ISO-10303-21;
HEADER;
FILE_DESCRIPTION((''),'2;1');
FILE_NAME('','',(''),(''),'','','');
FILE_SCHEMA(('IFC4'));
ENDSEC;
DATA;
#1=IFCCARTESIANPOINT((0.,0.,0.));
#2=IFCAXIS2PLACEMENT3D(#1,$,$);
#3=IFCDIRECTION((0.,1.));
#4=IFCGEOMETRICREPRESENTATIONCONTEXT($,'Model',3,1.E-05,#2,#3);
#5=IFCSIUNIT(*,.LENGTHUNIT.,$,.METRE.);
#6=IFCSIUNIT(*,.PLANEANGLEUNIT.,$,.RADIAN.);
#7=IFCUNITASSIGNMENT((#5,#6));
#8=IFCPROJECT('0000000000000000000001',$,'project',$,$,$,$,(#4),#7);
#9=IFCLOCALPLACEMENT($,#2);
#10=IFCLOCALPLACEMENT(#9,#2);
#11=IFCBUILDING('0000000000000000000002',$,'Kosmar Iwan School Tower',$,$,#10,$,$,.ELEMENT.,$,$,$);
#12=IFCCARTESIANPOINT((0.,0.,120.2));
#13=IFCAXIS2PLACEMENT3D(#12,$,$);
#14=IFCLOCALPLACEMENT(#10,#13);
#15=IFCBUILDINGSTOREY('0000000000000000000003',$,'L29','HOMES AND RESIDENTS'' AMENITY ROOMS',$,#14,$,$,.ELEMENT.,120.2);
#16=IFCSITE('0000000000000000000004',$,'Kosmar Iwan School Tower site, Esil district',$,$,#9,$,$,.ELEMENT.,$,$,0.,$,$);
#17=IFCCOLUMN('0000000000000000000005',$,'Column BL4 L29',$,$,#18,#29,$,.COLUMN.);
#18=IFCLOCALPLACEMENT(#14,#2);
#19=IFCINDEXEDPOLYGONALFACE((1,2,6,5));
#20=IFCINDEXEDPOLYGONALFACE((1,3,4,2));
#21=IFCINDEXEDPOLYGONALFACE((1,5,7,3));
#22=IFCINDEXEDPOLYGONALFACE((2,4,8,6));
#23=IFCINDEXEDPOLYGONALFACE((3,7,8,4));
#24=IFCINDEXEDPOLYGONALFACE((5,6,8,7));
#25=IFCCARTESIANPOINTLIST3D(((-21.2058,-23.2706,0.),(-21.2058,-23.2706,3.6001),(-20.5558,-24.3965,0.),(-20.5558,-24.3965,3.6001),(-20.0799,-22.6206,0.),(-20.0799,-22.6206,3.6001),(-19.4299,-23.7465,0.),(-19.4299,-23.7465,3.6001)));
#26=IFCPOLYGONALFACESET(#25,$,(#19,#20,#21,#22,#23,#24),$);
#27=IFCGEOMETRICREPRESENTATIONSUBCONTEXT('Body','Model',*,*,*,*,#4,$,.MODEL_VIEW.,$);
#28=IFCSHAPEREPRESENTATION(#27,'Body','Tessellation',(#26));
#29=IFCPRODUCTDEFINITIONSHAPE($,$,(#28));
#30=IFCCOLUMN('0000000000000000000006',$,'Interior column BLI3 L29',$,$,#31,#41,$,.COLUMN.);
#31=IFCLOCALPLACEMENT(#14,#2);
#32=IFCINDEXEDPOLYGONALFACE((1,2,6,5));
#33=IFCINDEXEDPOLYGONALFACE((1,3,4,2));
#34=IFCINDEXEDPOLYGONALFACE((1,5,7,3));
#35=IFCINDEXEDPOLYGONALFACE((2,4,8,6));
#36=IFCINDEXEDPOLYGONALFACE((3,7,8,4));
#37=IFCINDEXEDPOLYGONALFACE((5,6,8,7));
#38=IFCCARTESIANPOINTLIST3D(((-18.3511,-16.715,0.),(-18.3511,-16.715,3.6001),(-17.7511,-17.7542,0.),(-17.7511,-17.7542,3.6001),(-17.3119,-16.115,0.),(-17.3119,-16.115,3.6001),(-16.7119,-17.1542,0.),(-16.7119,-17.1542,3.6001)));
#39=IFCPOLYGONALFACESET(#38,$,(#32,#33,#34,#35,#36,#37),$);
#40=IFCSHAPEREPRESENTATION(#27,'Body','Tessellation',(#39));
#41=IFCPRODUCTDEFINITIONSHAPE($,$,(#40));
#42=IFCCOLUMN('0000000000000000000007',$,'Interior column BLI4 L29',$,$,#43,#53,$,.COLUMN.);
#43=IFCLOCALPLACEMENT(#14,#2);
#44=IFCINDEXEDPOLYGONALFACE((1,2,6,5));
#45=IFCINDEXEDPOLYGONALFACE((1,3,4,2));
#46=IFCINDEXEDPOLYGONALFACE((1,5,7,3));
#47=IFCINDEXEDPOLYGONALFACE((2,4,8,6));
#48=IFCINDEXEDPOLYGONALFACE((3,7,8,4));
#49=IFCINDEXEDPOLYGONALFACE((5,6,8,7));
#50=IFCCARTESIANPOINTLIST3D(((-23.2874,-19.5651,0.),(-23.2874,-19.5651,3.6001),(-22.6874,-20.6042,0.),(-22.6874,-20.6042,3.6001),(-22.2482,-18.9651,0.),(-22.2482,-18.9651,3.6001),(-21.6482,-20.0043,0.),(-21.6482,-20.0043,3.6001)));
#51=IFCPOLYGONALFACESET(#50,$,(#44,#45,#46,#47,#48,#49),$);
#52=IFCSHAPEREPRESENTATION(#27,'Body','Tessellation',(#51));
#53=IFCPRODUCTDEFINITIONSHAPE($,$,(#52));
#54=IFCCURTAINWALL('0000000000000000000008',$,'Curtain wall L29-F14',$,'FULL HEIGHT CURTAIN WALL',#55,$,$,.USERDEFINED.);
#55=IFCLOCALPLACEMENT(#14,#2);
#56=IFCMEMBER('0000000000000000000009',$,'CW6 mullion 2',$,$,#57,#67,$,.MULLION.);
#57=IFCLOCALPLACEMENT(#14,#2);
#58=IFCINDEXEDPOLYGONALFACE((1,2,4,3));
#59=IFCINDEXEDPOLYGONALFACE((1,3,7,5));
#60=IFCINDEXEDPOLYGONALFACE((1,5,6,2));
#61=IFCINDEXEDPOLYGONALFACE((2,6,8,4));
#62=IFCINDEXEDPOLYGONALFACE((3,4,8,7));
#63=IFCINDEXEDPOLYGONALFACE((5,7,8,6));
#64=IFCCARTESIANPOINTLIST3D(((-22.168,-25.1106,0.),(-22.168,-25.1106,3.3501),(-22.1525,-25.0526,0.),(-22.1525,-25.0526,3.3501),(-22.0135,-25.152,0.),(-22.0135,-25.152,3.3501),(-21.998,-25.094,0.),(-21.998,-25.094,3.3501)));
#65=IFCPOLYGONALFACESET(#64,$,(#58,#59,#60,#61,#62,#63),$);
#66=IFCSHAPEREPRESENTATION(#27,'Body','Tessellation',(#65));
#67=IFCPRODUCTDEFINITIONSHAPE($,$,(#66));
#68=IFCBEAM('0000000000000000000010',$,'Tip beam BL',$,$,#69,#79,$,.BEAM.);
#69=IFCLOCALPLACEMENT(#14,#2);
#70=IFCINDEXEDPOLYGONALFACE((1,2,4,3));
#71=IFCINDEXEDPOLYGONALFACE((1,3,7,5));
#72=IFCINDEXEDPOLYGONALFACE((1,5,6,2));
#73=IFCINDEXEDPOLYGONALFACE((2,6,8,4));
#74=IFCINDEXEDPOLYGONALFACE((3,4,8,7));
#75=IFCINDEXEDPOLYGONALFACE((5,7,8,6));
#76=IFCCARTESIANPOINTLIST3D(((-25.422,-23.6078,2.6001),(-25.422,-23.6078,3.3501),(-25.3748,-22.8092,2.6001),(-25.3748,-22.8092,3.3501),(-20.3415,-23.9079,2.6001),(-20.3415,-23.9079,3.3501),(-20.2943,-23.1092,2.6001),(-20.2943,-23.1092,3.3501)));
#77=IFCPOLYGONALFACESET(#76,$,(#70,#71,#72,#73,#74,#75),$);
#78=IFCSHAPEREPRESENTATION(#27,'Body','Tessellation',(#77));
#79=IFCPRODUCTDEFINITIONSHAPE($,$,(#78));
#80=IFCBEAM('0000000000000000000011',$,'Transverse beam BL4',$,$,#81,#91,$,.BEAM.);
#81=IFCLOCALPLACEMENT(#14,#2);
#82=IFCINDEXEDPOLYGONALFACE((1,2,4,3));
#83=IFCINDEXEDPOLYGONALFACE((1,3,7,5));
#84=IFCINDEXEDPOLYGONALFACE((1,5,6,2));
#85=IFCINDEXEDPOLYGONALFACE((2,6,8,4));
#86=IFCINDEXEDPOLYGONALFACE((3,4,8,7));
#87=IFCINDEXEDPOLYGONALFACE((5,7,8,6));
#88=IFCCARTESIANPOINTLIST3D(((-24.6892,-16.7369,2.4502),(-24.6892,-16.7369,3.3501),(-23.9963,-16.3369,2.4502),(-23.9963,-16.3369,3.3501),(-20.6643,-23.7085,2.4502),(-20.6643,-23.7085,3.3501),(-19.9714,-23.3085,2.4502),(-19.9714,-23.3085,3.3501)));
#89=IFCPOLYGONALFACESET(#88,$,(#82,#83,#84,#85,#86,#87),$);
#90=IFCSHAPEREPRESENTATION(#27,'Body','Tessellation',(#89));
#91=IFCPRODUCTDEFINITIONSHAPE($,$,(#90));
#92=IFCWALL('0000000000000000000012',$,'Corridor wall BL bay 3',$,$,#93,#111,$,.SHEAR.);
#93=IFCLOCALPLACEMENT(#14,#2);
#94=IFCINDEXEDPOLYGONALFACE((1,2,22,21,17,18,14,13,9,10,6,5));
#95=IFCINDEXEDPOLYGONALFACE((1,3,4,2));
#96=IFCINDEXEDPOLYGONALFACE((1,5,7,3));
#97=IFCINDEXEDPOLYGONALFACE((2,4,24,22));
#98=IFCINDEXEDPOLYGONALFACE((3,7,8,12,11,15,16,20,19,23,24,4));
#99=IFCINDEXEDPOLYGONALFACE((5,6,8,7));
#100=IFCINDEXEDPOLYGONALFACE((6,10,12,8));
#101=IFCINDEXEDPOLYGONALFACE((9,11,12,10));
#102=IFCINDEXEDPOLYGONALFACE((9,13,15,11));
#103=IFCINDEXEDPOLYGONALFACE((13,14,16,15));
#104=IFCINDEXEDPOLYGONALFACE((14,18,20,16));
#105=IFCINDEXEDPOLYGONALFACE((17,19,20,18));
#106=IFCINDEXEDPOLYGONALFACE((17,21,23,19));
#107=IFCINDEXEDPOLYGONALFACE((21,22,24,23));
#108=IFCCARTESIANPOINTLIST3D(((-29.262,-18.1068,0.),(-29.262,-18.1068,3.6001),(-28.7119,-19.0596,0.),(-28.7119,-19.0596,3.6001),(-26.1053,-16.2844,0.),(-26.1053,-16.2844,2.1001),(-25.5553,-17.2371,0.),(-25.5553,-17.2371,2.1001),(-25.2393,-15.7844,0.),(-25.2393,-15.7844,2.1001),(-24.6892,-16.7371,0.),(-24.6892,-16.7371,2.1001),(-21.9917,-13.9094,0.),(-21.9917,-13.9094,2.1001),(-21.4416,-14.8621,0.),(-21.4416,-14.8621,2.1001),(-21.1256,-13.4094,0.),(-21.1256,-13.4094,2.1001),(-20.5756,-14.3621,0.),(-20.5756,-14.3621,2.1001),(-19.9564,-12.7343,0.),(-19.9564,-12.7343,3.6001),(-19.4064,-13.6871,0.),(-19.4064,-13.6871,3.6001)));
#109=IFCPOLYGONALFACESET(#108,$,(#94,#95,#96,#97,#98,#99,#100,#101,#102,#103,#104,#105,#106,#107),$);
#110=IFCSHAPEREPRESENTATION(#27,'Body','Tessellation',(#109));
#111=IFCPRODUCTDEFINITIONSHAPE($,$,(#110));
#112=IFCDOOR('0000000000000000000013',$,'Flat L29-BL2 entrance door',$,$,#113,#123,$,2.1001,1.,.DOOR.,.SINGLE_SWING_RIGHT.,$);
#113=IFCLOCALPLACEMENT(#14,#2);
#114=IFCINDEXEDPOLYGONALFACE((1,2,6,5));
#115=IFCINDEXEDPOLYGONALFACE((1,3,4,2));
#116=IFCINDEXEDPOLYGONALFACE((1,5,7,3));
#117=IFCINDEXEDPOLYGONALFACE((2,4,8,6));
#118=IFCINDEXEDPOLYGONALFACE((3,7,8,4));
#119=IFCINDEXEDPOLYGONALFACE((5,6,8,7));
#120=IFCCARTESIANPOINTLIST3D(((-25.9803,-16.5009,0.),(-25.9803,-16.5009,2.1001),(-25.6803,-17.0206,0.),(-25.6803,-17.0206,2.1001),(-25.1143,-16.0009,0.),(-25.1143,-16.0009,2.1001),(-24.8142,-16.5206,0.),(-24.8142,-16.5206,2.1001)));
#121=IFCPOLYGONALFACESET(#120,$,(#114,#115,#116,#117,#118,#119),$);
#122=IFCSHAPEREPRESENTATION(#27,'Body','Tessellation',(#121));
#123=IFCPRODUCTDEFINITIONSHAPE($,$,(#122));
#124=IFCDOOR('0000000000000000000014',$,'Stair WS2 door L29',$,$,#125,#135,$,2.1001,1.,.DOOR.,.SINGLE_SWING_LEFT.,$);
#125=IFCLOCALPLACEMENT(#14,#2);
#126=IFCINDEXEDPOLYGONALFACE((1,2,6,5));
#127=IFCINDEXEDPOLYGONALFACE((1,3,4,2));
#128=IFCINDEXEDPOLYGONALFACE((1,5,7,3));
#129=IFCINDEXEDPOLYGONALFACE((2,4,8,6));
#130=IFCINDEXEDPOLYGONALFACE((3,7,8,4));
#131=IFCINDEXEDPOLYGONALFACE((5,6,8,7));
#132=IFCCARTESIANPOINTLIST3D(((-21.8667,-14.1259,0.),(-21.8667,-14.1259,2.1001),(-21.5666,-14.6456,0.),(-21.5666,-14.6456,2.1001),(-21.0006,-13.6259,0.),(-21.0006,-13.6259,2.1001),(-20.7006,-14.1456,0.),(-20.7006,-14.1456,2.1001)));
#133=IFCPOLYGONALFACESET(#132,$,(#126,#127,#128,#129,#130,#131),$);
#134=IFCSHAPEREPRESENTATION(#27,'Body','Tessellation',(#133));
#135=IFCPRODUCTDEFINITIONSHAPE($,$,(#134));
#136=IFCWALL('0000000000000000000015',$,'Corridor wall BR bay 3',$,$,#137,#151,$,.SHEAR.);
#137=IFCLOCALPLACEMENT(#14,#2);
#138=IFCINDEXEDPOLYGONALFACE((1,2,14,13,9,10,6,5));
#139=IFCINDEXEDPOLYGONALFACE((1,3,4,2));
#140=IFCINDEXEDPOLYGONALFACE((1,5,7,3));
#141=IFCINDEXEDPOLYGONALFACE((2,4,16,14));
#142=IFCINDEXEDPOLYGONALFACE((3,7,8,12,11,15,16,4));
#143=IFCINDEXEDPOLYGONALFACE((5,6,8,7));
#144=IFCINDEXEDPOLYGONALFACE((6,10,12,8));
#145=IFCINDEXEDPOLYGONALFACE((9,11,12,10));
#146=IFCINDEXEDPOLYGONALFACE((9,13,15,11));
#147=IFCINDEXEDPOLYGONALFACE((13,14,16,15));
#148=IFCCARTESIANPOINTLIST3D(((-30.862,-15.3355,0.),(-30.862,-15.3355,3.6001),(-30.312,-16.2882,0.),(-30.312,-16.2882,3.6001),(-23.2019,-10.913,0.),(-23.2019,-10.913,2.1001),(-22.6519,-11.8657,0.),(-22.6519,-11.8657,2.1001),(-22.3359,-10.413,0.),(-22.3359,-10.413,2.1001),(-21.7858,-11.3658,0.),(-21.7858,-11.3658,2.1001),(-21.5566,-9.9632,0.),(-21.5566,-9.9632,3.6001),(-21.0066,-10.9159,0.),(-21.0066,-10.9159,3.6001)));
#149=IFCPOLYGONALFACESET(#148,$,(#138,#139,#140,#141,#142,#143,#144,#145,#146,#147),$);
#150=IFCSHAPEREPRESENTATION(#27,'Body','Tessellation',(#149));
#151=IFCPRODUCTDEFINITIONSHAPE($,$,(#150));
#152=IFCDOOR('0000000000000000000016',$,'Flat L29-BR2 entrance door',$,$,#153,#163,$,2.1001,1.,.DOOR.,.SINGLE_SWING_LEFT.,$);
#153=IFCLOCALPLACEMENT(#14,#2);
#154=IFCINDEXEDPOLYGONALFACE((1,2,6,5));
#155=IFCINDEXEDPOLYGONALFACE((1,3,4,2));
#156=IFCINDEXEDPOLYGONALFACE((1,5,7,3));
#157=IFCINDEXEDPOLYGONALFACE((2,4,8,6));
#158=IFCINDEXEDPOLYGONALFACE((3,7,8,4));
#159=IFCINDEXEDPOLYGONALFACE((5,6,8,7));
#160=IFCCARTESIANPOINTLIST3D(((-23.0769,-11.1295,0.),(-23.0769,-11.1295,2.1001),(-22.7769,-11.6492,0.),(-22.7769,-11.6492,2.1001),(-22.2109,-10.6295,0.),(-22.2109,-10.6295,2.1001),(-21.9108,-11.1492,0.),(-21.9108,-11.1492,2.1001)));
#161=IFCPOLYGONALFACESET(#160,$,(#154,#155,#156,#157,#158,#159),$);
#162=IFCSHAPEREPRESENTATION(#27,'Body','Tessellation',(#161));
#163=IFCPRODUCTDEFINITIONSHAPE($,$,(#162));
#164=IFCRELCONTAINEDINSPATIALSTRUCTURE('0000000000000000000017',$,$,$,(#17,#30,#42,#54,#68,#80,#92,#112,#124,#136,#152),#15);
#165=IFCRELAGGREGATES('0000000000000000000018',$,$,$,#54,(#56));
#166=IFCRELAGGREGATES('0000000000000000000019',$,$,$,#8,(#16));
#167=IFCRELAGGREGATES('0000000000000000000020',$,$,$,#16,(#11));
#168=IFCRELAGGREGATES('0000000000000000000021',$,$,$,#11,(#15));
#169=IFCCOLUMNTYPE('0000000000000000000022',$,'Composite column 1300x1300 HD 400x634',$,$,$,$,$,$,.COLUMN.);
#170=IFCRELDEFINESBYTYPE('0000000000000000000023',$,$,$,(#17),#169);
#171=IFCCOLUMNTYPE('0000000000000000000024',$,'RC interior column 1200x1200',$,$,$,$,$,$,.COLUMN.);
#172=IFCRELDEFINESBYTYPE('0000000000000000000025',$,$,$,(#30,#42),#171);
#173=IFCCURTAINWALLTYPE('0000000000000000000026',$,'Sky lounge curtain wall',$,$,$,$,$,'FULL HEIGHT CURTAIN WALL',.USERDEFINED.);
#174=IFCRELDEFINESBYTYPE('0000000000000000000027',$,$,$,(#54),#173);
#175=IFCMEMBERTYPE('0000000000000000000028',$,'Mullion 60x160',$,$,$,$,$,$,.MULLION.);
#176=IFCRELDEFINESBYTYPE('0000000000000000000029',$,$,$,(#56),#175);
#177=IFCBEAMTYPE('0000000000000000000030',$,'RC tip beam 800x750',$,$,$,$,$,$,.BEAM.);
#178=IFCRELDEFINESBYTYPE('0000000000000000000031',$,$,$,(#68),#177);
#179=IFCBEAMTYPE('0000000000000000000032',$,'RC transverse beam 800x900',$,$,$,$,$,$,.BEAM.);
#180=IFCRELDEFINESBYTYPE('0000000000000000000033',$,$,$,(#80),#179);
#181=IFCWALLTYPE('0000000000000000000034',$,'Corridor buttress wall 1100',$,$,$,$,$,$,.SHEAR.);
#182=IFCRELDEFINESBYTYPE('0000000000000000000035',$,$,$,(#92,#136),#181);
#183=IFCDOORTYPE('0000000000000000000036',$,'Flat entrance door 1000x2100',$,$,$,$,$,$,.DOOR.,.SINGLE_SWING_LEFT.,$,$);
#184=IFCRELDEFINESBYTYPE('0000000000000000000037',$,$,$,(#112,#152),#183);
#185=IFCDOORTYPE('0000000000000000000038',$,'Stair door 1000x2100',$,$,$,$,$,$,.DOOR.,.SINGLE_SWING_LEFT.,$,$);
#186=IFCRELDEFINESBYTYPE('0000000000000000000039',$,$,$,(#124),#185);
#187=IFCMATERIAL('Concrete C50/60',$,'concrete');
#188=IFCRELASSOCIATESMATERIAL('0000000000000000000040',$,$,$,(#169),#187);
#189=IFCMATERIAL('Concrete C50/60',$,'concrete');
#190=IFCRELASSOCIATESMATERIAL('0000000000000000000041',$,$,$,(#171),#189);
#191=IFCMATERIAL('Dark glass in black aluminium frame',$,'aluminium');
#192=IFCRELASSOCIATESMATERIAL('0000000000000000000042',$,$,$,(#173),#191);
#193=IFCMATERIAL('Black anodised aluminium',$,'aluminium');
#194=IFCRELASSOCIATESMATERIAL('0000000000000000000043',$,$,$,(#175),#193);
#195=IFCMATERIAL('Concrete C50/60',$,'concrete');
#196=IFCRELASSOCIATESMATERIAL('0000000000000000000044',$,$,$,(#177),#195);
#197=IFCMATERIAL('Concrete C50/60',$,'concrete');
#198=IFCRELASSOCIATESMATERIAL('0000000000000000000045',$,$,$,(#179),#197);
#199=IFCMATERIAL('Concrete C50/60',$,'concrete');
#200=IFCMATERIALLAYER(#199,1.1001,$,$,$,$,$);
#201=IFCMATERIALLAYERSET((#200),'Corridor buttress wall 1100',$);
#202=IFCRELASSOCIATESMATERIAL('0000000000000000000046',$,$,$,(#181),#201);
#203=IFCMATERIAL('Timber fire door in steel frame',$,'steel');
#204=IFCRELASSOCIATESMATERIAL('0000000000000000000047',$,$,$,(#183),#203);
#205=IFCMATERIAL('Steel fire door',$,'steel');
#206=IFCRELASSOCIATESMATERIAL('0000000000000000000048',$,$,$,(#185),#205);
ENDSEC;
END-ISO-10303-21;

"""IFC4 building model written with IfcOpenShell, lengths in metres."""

from ifc_helpers import new_model, si_unit, direction, frame, frame_2d, origin, origin_2d, place, context, subcontext, project, spatial, rectangle, extrude, material, layer, layer_set, material_profile, profile_set, type_object, element, fill, aggregate, save


model = new_model("IFC4")

# Units and contexts
model_context = context("Model", 3, precision=1e-05, world=origin(), true_north=direction((0.0, 1.0)))
body_context = subcontext(model_context, "Body", "Model", "MODEL_VIEW")
ifc_project = project(units=[si_unit("LENGTHUNIT", "METRE"), si_unit("PLANEANGLEUNIT", "RADIAN")], contexts=[model_context])

# Site, building, storey
site_placement = place(None, origin())
site = spatial("IfcSite", under=ifc_project, at=site_placement, Name="Kosmar Iwan School Tower site, Esil district", CompositionType="ELEMENT", RefElevation=0.0)
building_placement = place(site_placement, origin())
building = spatial("IfcBuilding", under=site, at=building_placement, Name="Kosmar Iwan School Tower", CompositionType="ELEMENT")
storey_placement = place(building_placement, frame((0.0, 0.0, 120.2)))
storey = spatial("IfcBuildingStorey", under=building, at=storey_placement, Name="L29", Description="HOMES AND RESIDENTS' AMENITY ROOMS", CompositionType="ELEMENT", Elevation=120.2)

# Columns
ifc_material_1 = material(Name="Concrete C50/60", Category="concrete")
ifc_material_profile_1 = material_profile(ifc_material_1, rectangle(XDim=1.3, YDim=1.3, at=origin_2d()), Name="RC 1300x1300 + HD 400x634")
ifc_profile_set_1 = profile_set([ifc_material_profile_1], Name="Concrete C50/60")
column_type_1 = type_object("IfcColumnType", Name="Composite column 1300x1300 HD 400x634", PredefinedType="COLUMN", material=ifc_profile_set_1)
column_placement = place(storey_placement, frame((-20.3179, -23.5085, 0.0), z_axis=(0.0, 0.0, 1.0), x_axis=(-0.866025, -0.5, 0.0)))
element("IfcColumn", 1, at=column_placement, inside=storey, type_object=column_type_1, Name="Column BL4 L29", PredefinedType="COLUMN", context=body_context, shape_type="SweptSolid", body=[
    extrude(rectangle(XDim=1.3, YDim=1.3, at=origin_2d()), origin(), (0.0, 0.0, 1.0), 3.6001),
])
ifc_material_2 = material(Name="Concrete C50/60", Category="concrete")
ifc_material_profile_2 = material_profile(ifc_material_2, rectangle(XDim=1.2, YDim=1.2, at=origin_2d()), Name="RC 1200x1200")
ifc_profile_set_2 = profile_set([ifc_material_profile_2], Name="Concrete C50/60")
column_type_2 = type_object("IfcColumnType", Name="RC interior column 1200x1200", PredefinedType="COLUMN", material=ifc_profile_set_2)
for number, where, z_axis, x_axis, name in (
    (2, (-17.5315, -16.9346, 0.0), (0.0, 0.0, 1.0), (-0.866025, -0.5, 0.0), "Interior column BLI3 L29"),
    (3, (-22.4678, -19.7847, 0.0), (0.0, 0.0, 1.0), (-0.866025, -0.5, 0.0), "Interior column BLI4 L29"),
):
    element("IfcColumn", number, at=place(storey_placement, frame(where, z_axis=z_axis, x_axis=x_axis)), inside=storey, type_object=column_type_2, Name=name, PredefinedType="COLUMN", context=body_context, shape_type="SweptSolid", body=[
        extrude(rectangle(XDim=1.2, YDim=1.2, at=origin_2d()), origin(), (0.0, 0.0, 1.0), 3.6001),
    ])

# Curtain wall, member
ifc_material_3 = material(Name="Dark glass in black aluminium frame", Category="aluminium")
curtain_wall_type = type_object("IfcCurtainWallType", Name="Sky lounge curtain wall", ElementType="FULL HEIGHT CURTAIN WALL", PredefinedType="USERDEFINED", material=ifc_material_3)
curtain_wall_placement = place(storey_placement, origin())
curtain_wall = element("IfcCurtainWall", 4, at=curtain_wall_placement, inside=storey, type_object=curtain_wall_type, Name="Curtain wall L29-F14", ObjectType="FULL HEIGHT CURTAIN WALL", PredefinedType="USERDEFINED")
ifc_material_4 = material(Name="Black anodised aluminium", Category="aluminium")
ifc_material_profile_3 = material_profile(ifc_material_4, rectangle(XDim=0.0601, YDim=0.1599, at=origin_2d()), Name="MULLION 60x160")
ifc_profile_set_3 = profile_set([ifc_material_profile_3], Name="Black anodised aluminium")
member_type = type_object("IfcMemberType", Name="Mullion 60x160", PredefinedType="MULLION", material=ifc_profile_set_3)
member_placement = place(storey_placement, frame((-22.083, -25.1023, 0.0), z_axis=(0.0, 0.0, 1.0), x_axis=(0.258819, 0.965926, 0.0)))
member = element("IfcMember", 5, at=member_placement, type_object=member_type, Name="CW6 mullion 2", PredefinedType="MULLION", context=body_context, shape_type="SweptSolid", body=[
    extrude(rectangle(XDim=0.0601, YDim=0.1599, at=origin_2d()), origin(), (0.0, 0.0, 1.0), 3.3501),
])
aggregate(curtain_wall, [member])

# Beams
ifc_material_5 = material(Name="Concrete C50/60", Category="concrete")
ifc_material_profile_4 = material_profile(ifc_material_5, rectangle(XDim=0.8, YDim=0.75, at=origin_2d()), Name="RC 800x750")
ifc_profile_set_4 = profile_set([ifc_material_profile_4], Name="Concrete C50/60")
beam_type_1 = type_object("IfcBeamType", Name="RC tip beam 800x750", PredefinedType="BEAM", material=ifc_profile_set_4)
beam_1_placement = place(storey_placement, frame((-20.3179, -23.5085, 2.9751), z_axis=(-0.998261, 0.058955, 0.0), x_axis=(-0.058955, -0.998261, 0.0)))
element("IfcBeam", 6, at=beam_1_placement, inside=storey, type_object=beam_type_1, Name="Tip beam BL", PredefinedType="BEAM", context=body_context, shape_type="SweptSolid", body=[
    extrude(rectangle(XDim=0.8, YDim=0.75, at=origin_2d()), origin(), (0.0, 0.0, 1.0), 5.0894),
])
ifc_material_6 = material(Name="Concrete C50/60", Category="concrete")
ifc_material_profile_5 = material_profile(ifc_material_6, rectangle(XDim=0.8, YDim=0.8999, at=origin_2d()), Name="RC 800x900")
ifc_profile_set_5 = profile_set([ifc_material_profile_5], Name="Concrete C50/60")
beam_type_2 = type_object("IfcBeamType", Name="RC transverse beam 800x900", PredefinedType="BEAM", material=ifc_profile_set_5)
beam_2_placement = place(storey_placement, frame((-20.3179, -23.5085, 2.9001), z_axis=(-0.499981, 0.866036, 0.0), x_axis=(-0.866036, -0.499981, 0.0)))
element("IfcBeam", 7, at=beam_2_placement, inside=storey, type_object=beam_type_2, Name="Transverse beam BL4", PredefinedType="BEAM", context=body_context, shape_type="SweptSolid", body=[
    extrude(rectangle(XDim=0.8, YDim=0.8999, at=origin_2d()), origin(), (0.0, 0.0, 1.0), 8.05),
])

# Wall, openings, doors
ifc_material_7 = material(Name="Concrete C50/60", Category="concrete")
ifc_layer_1 = layer(ifc_material_7, 1.1001)
ifc_layer_set_1 = layer_set([ifc_layer_1], Name="Corridor buttress wall 1100")
wall_type_1 = type_object("IfcWallType", Name="Corridor buttress wall 1100", PredefinedType="SHEAR", material=ifc_layer_set_1)
wall_1_placement = place(storey_placement, frame((-19.6814, -13.2107, 0.0), z_axis=(0.0, 0.0, 1.0), x_axis=(-0.866028, -0.499995, 0.0)))
wall_1 = element("IfcWall", 8, at=wall_1_placement, inside=storey, type_object=wall_type_1, Name="Corridor wall BL bay 3", PredefinedType="SHEAR", context=body_context, shape_type="SweptSolid", body=[
    extrude(rectangle(XDim=10.7451, YDim=1.1001, at=frame_2d((5.3726, 0.0))), origin(), (0.0, 0.0, 1.0), 3.6001),
])
opening_1_placement = place(wall_1_placement, frame((6.1001, 0.0, 0.0)))
opening_1 = element("IfcOpeningElement", 9, at=opening_1_placement, cuts=wall_1, PredefinedType="OPENING", context=body_context, shape_type="SweptSolid", body=[
    extrude(rectangle(XDim=1.0, YDim=2.1001, at=frame_2d((0.5, 1.05))), frame((0.0, 0.562, 0.0), z_axis=(0.0, -1.0, 0.0), x_axis=(1.0, 0.0, 0.0)), (0.0, 0.0, 1.0), 1.124),
])
opening_2_placement = place(wall_1_placement, frame((1.3501, 0.0, 0.0)))
opening_2 = element("IfcOpeningElement", 10, at=opening_2_placement, cuts=wall_1, PredefinedType="OPENING", context=body_context, shape_type="SweptSolid", body=[
    extrude(rectangle(XDim=1.0, YDim=2.1001, at=frame_2d((0.5, 1.05))), frame((0.0, 0.562, 0.0), z_axis=(0.0, -1.0, 0.0), x_axis=(1.0, 0.0, 0.0)), (0.0, 0.0, 1.0), 1.124),
])
ifc_material_8 = material(Name="Timber fire door in steel frame", Category="steel")
door_type_1 = type_object("IfcDoorType", Name="Flat entrance door 1000x2100", OperationType="SINGLE_SWING_LEFT", PredefinedType="DOOR", material=ifc_material_8)
door_1_placement = place(opening_1_placement, origin())
door_1 = element("IfcDoor", 11, at=door_1_placement, inside=storey, type_object=door_type_1, Name="Flat L29-BL2 entrance door", OperationType="SINGLE_SWING_RIGHT", OverallHeight=2.1001, OverallWidth=1.0, PredefinedType="DOOR", context=body_context, shape_type="SweptSolid", body=[
    extrude(rectangle(XDim=1.0, YDim=2.1001, at=frame_2d((0.5, 1.05))), frame((0.0, 0.3, 0.0), z_axis=(0.0, -1.0, 0.0), x_axis=(1.0, 0.0, 0.0)), (0.0, 0.0, 1.0), 0.6001),
])
fill(opening_1, door_1)
ifc_material_9 = material(Name="Steel fire door", Category="steel")
door_type_2 = type_object("IfcDoorType", Name="Stair door 1000x2100", OperationType="SINGLE_SWING_LEFT", PredefinedType="DOOR", material=ifc_material_9)
door_2_placement = place(opening_2_placement, origin())
door_2 = element("IfcDoor", 12, at=door_2_placement, inside=storey, type_object=door_type_2, Name="Stair WS2 door L29", OperationType="SINGLE_SWING_LEFT", OverallHeight=2.1001, OverallWidth=1.0, PredefinedType="DOOR", context=body_context, shape_type="SweptSolid", body=[
    extrude(rectangle(XDim=1.0, YDim=2.1001, at=frame_2d((0.5, 1.05))), frame((0.0, 0.3, 0.0), z_axis=(0.0, -1.0, 0.0), x_axis=(1.0, 0.0, 0.0)), (0.0, 0.0, 1.0), 0.6001),
])
fill(opening_2, door_2)

# Wall, opening, door
wall_2_placement = place(storey_placement, frame((-21.2815, -10.4395, 0.0), z_axis=(0.0, 0.0, 1.0), x_axis=(-0.866032, -0.499988, 0.0)))
wall_2 = element("IfcWall", 13, at=wall_2_placement, inside=storey, type_object=wall_type_1, Name="Corridor wall BR bay 3", PredefinedType="SHEAR", context=body_context, shape_type="SweptSolid", body=[
    extrude(rectangle(XDim=10.7449, YDim=1.1001, at=frame_2d((5.3726, 0.0))), origin(), (0.0, 0.0, 1.0), 3.6001),
])
opening_3_placement = place(wall_2_placement, frame((0.8999, 0.0, 0.0)))
opening_3 = element("IfcOpeningElement", 14, at=opening_3_placement, cuts=wall_2, PredefinedType="OPENING", context=body_context, shape_type="SweptSolid", body=[
    extrude(rectangle(XDim=1.0, YDim=2.1001, at=frame_2d((0.5, 1.05))), frame((0.0, 0.562, 0.0), z_axis=(0.0, -1.0, 0.0), x_axis=(1.0, 0.0, 0.0)), (0.0, 0.0, 1.0), 1.124),
])
door_3_placement = place(opening_3_placement, origin())
door_3 = element("IfcDoor", 15, at=door_3_placement, inside=storey, type_object=door_type_1, Name="Flat L29-BR2 entrance door", OperationType="SINGLE_SWING_LEFT", OverallHeight=2.1001, OverallWidth=1.0, PredefinedType="DOOR", context=body_context, shape_type="SweptSolid", body=[
    extrude(rectangle(XDim=1.0, YDim=2.1001, at=frame_2d((0.5, 1.05))), frame((0.0, 0.3, 0.0), z_axis=(0.0, -1.0, 0.0), x_axis=(1.0, 0.0, 0.0)), (0.0, 0.0, 1.0), 0.6001),
])
fill(opening_3, door_3)

save(model, "model.ifc")
